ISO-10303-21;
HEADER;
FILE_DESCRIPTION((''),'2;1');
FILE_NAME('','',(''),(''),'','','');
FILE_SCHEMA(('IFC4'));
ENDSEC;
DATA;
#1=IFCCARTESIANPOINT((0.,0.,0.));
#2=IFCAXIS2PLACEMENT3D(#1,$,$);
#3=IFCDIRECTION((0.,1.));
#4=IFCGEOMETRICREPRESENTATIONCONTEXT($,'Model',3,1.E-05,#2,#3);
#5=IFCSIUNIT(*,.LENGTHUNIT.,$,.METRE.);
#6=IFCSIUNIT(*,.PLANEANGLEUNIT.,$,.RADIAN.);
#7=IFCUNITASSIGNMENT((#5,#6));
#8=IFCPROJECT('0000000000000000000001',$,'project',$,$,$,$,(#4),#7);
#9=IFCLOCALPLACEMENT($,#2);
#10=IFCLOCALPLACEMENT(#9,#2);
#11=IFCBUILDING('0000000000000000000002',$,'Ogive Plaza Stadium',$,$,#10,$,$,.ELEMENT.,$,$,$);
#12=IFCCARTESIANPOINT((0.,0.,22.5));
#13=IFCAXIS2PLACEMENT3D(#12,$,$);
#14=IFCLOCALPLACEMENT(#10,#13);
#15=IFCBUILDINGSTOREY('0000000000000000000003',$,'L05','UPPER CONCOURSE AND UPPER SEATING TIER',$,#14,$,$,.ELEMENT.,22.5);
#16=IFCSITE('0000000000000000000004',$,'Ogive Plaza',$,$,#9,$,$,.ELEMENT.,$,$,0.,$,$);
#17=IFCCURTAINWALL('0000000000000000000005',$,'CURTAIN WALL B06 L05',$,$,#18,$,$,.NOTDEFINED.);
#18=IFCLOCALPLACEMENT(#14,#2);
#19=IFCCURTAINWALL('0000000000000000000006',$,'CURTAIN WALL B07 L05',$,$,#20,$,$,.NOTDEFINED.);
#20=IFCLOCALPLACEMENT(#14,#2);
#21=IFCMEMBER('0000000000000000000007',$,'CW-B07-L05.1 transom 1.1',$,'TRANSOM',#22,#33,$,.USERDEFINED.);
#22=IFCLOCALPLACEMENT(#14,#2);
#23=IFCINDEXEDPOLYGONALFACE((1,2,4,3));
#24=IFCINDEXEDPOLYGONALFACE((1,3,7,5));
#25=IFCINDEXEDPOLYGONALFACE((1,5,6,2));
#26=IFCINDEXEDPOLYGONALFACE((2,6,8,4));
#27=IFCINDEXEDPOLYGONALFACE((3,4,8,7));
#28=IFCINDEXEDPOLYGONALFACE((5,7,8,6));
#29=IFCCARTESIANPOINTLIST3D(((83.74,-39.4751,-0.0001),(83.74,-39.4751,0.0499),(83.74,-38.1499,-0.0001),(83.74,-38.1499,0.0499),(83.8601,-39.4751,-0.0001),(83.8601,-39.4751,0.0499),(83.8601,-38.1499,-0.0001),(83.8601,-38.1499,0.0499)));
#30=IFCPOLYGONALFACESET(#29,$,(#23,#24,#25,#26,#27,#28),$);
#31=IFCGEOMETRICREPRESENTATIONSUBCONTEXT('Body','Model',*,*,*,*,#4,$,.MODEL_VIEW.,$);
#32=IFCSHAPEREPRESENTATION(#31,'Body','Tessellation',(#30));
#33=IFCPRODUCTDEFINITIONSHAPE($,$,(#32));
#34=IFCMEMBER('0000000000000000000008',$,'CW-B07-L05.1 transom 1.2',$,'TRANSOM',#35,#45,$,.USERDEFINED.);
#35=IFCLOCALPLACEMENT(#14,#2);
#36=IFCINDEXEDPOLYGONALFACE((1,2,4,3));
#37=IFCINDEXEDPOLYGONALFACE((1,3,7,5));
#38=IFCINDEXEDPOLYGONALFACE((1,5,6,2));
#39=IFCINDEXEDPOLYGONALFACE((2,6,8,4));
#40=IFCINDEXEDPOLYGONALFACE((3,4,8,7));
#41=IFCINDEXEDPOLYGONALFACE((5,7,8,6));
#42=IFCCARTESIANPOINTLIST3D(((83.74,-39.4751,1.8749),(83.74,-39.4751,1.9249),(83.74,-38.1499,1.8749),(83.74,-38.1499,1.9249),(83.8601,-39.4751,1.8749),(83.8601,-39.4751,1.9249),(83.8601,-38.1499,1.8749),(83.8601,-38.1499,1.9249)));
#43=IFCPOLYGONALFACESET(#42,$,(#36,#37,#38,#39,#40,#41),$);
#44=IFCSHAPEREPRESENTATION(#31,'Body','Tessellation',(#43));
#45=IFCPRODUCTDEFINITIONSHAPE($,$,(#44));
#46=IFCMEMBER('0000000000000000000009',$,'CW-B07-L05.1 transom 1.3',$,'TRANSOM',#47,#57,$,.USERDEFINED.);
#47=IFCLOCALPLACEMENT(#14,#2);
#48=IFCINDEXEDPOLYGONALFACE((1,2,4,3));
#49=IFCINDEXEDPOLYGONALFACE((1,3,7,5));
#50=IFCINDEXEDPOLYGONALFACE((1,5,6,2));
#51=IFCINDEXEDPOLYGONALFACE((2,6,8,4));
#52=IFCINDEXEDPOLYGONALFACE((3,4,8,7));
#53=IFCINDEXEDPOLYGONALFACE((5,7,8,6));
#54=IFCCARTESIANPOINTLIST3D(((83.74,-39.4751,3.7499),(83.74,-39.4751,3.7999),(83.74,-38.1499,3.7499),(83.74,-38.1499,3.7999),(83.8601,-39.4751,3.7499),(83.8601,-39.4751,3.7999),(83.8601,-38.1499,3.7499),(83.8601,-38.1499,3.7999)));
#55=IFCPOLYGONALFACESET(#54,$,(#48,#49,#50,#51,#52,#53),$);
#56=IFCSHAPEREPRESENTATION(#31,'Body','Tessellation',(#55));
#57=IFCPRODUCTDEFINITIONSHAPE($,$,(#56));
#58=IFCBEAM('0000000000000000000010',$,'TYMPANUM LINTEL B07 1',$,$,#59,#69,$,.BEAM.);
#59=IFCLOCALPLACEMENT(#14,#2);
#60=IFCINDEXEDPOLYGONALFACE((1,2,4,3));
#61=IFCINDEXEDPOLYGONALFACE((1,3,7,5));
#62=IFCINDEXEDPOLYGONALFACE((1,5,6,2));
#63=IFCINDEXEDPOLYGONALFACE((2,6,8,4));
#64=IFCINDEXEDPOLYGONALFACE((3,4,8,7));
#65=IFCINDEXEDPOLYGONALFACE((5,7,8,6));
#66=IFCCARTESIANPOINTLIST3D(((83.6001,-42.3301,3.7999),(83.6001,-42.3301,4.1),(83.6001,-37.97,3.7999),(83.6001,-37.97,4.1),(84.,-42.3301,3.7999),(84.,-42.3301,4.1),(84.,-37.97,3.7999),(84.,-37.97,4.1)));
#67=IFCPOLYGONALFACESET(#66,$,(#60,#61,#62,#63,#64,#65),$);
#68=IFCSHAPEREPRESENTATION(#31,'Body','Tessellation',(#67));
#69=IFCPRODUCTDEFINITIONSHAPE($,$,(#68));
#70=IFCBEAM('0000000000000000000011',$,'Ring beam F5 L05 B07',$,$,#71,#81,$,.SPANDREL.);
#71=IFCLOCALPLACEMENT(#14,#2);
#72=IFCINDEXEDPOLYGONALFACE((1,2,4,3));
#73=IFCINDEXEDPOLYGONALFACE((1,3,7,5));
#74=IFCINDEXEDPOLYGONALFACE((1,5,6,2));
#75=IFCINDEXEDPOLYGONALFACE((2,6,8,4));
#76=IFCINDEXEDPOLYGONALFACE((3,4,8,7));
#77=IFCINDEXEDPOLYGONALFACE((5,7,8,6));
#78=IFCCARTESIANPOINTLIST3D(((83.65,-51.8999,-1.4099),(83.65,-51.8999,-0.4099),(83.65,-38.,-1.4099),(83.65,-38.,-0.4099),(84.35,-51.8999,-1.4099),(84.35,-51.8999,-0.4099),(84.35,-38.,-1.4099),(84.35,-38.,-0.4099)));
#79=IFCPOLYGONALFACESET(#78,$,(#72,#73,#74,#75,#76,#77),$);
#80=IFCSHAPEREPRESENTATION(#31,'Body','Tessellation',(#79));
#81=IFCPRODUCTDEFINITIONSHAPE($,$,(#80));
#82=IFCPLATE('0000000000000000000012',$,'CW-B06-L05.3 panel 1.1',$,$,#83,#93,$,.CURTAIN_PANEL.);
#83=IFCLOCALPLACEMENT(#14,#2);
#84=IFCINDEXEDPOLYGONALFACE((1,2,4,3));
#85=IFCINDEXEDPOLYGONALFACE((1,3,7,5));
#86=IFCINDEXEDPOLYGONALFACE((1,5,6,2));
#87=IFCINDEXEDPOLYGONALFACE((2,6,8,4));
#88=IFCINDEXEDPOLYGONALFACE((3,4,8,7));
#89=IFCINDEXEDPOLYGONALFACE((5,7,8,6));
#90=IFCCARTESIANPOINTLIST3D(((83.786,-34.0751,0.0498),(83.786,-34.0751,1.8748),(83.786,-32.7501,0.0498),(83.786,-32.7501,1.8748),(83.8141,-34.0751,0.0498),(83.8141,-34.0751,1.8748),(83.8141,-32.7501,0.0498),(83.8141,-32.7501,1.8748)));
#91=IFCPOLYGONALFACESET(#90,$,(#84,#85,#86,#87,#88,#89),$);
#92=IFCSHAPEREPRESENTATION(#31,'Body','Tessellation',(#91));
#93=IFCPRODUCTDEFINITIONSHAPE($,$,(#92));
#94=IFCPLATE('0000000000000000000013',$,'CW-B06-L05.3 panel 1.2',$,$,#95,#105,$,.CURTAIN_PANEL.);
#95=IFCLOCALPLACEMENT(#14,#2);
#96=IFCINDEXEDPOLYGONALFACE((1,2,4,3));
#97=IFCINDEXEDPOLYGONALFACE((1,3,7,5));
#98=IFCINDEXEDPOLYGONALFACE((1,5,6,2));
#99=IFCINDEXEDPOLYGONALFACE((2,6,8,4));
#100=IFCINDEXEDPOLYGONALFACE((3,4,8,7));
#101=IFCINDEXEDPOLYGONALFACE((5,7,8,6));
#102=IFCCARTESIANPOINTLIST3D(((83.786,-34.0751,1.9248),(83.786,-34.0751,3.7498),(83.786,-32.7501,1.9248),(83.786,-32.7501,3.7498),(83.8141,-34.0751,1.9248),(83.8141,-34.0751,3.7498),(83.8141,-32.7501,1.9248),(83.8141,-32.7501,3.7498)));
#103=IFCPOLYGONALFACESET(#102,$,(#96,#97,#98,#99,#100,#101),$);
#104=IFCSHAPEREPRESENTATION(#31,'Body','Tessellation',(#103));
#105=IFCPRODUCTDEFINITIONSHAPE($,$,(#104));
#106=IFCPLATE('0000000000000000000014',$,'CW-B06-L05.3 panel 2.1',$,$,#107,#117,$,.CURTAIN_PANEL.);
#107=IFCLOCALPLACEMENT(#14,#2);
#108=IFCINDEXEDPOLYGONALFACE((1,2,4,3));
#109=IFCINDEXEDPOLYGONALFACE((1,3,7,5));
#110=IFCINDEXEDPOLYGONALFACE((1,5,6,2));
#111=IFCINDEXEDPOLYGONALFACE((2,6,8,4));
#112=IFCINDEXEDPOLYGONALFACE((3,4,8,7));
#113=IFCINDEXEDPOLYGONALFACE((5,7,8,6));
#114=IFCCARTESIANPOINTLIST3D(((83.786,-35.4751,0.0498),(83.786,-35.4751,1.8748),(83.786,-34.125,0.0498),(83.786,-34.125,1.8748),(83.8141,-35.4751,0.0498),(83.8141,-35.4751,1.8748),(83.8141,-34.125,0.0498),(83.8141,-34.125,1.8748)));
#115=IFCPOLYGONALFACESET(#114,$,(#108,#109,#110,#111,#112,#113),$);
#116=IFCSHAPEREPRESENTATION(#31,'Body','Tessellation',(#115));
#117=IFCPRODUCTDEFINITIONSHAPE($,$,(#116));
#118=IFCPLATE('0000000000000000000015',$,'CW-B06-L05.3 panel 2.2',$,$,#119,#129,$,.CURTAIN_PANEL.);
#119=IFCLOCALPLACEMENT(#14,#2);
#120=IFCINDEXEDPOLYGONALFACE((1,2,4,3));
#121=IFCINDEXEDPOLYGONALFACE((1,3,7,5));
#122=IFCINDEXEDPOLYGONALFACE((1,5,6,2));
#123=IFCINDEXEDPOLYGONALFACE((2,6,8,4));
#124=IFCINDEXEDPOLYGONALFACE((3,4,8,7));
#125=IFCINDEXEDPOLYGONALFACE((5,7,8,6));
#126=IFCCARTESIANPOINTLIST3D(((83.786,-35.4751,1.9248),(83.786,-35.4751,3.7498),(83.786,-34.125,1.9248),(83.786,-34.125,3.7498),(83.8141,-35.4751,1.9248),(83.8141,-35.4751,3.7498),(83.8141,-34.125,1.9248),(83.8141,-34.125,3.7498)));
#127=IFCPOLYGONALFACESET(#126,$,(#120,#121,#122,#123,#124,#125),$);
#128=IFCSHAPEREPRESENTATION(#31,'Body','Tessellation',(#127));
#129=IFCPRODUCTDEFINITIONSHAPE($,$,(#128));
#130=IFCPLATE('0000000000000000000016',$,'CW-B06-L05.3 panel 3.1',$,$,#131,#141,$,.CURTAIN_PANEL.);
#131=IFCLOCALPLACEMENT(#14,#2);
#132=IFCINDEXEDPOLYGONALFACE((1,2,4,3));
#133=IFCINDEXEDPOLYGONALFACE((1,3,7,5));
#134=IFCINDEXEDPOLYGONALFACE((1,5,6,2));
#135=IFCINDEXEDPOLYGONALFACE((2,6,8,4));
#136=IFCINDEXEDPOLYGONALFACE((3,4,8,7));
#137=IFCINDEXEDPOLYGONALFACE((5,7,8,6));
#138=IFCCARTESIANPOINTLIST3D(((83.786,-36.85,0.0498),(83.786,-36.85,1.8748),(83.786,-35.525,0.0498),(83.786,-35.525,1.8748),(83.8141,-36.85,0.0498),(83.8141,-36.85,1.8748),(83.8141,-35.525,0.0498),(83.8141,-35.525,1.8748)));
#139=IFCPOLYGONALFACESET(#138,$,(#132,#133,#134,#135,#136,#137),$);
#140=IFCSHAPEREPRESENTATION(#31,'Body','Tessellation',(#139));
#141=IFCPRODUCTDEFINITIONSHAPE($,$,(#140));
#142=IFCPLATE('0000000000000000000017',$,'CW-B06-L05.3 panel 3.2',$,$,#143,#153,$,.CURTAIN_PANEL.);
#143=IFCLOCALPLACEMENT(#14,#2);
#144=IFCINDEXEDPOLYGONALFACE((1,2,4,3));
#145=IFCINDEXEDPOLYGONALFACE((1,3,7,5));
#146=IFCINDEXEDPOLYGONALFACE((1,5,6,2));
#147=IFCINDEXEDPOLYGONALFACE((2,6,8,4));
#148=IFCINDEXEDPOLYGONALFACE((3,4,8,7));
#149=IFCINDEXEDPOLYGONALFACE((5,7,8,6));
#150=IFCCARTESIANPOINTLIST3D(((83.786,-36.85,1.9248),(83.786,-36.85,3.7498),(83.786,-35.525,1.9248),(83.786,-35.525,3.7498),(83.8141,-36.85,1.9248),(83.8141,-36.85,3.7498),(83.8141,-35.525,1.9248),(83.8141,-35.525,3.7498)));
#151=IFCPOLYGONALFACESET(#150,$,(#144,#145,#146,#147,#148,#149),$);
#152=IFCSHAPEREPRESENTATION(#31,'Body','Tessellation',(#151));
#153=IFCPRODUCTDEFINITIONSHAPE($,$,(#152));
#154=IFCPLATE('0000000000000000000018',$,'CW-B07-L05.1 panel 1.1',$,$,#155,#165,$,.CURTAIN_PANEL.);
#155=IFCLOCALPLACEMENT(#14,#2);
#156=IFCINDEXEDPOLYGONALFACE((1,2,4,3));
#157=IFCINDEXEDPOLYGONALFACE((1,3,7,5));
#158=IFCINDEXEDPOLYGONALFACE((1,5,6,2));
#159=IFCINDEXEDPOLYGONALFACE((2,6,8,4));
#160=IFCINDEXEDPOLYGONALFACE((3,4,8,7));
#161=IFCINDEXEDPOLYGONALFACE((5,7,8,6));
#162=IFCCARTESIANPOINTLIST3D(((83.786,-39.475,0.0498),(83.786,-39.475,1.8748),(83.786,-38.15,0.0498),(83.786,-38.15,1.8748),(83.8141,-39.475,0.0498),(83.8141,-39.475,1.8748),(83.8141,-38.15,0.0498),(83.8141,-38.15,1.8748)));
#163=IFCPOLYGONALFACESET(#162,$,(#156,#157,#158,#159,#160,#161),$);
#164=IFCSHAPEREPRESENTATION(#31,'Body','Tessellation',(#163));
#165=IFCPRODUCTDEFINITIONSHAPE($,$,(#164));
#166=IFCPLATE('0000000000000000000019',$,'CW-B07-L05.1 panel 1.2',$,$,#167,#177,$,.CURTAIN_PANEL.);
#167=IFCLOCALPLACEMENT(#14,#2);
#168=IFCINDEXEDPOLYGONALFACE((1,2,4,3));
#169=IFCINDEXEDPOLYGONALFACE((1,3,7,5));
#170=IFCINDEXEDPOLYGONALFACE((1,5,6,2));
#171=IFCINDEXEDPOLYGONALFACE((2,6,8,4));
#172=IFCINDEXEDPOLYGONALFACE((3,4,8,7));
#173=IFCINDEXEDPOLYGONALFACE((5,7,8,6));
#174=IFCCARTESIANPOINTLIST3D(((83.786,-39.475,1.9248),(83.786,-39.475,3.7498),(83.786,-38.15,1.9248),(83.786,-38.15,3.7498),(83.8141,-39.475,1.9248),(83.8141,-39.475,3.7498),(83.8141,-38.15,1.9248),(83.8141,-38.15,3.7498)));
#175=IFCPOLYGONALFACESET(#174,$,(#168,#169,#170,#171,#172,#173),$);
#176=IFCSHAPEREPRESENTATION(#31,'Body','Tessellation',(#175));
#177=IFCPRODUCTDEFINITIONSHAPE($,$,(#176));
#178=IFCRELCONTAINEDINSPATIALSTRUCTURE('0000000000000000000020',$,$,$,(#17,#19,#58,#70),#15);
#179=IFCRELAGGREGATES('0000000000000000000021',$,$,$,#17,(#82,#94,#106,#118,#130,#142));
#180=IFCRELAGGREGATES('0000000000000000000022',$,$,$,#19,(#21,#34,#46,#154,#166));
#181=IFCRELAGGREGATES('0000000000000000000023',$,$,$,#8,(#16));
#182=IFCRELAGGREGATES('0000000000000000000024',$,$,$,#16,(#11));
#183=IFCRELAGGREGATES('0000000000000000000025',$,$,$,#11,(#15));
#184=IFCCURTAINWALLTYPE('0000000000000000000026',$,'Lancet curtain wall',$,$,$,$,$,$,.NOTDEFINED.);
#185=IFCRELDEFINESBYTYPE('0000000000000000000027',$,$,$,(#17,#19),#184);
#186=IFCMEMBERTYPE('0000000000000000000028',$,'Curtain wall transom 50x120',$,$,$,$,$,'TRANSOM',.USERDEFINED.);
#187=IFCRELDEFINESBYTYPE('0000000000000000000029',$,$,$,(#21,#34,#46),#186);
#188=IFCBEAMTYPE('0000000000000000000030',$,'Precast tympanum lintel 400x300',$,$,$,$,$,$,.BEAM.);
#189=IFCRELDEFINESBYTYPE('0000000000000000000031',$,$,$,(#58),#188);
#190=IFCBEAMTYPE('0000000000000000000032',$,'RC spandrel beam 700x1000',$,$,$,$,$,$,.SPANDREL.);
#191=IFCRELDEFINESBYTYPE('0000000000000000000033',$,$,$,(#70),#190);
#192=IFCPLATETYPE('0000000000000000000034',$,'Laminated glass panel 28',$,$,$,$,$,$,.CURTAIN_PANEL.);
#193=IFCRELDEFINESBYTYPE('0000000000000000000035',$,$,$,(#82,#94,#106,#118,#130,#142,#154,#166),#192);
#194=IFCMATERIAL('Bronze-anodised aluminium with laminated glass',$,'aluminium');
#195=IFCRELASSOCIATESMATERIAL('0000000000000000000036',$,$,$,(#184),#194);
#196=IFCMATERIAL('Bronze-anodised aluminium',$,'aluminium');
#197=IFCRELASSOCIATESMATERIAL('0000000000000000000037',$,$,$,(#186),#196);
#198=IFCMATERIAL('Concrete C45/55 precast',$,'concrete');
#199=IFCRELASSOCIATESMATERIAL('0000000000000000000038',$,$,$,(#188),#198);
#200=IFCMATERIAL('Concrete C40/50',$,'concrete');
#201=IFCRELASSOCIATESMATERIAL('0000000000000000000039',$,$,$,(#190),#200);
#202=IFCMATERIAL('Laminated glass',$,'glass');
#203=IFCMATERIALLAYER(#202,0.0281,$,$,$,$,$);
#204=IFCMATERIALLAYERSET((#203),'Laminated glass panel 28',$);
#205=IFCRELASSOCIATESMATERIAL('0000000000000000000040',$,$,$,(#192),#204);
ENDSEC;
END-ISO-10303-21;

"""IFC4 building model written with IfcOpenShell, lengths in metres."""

from ifc_helpers import new_model, si_unit, direction, frame, origin, origin_2d, place, context, subcontext, project, spatial, rectangle, extrude, material, layer, layer_set, material_profile, profile_set, type_object, element, aggregate, save


model = new_model("IFC4")

# Units and contexts
model_context = context("Model", 3, precision=1e-05, world=origin(), true_north=direction((0.0, 1.0)))
body_context = subcontext(model_context, "Body", "Model", "MODEL_VIEW")
ifc_project = project(units=[si_unit("LENGTHUNIT", "METRE"), si_unit("PLANEANGLEUNIT", "RADIAN")], contexts=[model_context])

# Site, building, storey
site_placement = place(None, origin())
site = spatial("IfcSite", under=ifc_project, at=site_placement, Name="Ogive Plaza", CompositionType="ELEMENT", RefElevation=0.0)
building_placement = place(site_placement, origin())
building = spatial("IfcBuilding", under=site, at=building_placement, Name="Ogive Plaza Stadium", CompositionType="ELEMENT")
storey_placement = place(building_placement, frame((0.0, 0.0, 22.5)))
storey = spatial("IfcBuildingStorey", under=building, at=storey_placement, Name="L05", Description="UPPER CONCOURSE AND UPPER SEATING TIER", CompositionType="ELEMENT", Elevation=22.5)

# Curtain wall
ifc_material_1 = material(Name="Bronze-anodised aluminium with laminated glass", Category="aluminium")
curtain_wall_type = type_object("IfcCurtainWallType", Name="Lancet curtain wall", PredefinedType="NOTDEFINED", material=ifc_material_1)
curtain_wall_1_placement = place(storey_placement, origin())
curtain_wall_1 = element("IfcCurtainWall", 1, at=curtain_wall_1_placement, inside=storey, type_object=curtain_wall_type, Name="CURTAIN WALL B06 L05", PredefinedType="NOTDEFINED")

# Curtain wall
curtain_wall_2_placement = place(storey_placement, origin())
curtain_wall_2 = element("IfcCurtainWall", 2, at=curtain_wall_2_placement, inside=storey, type_object=curtain_wall_type, Name="CURTAIN WALL B07 L05", PredefinedType="NOTDEFINED")

# Members
ifc_material_2 = material(Name="Bronze-anodised aluminium", Category="aluminium")
ifc_material_profile_1 = material_profile(ifc_material_2, rectangle(XDim=0.1201, YDim=0.05, at=origin_2d()), Name="AL 120x50")
ifc_profile_set_1 = profile_set([ifc_material_profile_1], Name="Bronze-anodised aluminium")
member_type_1 = type_object("IfcMemberType", Name="Curtain wall transom 50x120", ElementType="TRANSOM", PredefinedType="USERDEFINED", material=ifc_profile_set_1)
member_1_placement = place(storey_placement, frame((83.8, -38.1499, 0.0249), z_axis=(0.0, -1.0, 0.0), x_axis=(1.0, 0.0, 0.0)))
member_1 = element("IfcMember", 3, at=member_1_placement, type_object=member_type_1, Name="CW-B07-L05.1 transom 1.1", ObjectType="TRANSOM", PredefinedType="USERDEFINED", context=body_context, shape_type="SweptSolid", body=[
    extrude(rectangle(XDim=0.1201, YDim=0.05, at=origin_2d()), origin(), (0.0, 0.0, 1.0), 1.3252),
])
member_2_placement = place(storey_placement, frame((83.8, -38.1499, 1.8999), z_axis=(0.0, -1.0, 0.0), x_axis=(1.0, 0.0, 0.0)))
member_2 = element("IfcMember", 4, at=member_2_placement, type_object=member_type_1, Name="CW-B07-L05.1 transom 1.2", ObjectType="TRANSOM", PredefinedType="USERDEFINED", context=body_context, shape_type="SweptSolid", body=[
    extrude(rectangle(XDim=0.1201, YDim=0.05, at=origin_2d()), origin(), (0.0, 0.0, 1.0), 1.3252),
])
member_3_placement = place(storey_placement, frame((83.8, -38.1499, 3.7749), z_axis=(0.0, -1.0, 0.0), x_axis=(1.0, 0.0, 0.0)))
member_3 = element("IfcMember", 5, at=member_3_placement, type_object=member_type_1, Name="CW-B07-L05.1 transom 1.3", ObjectType="TRANSOM", PredefinedType="USERDEFINED", context=body_context, shape_type="SweptSolid", body=[
    extrude(rectangle(XDim=0.1201, YDim=0.05, at=origin_2d()), origin(), (0.0, 0.0, 1.0), 1.3252),
])

# Beams
ifc_material_3 = material(Name="Concrete C45/55 precast", Category="concrete")
ifc_material_profile_2 = material_profile(ifc_material_3, rectangle(XDim=0.3999, YDim=0.3, at=origin_2d()), Name="RC 400x300")
ifc_profile_set_2 = profile_set([ifc_material_profile_2], Name="Concrete C45/55 precast")
beam_type_1 = type_object("IfcBeamType", Name="Precast tympanum lintel 400x300", PredefinedType="BEAM", material=ifc_profile_set_2)
beam_1_placement = place(storey_placement, frame((83.8, -37.97, 3.95), z_axis=(0.0, -1.0, 0.0), x_axis=(1.0, 0.0, 0.0)))
element("IfcBeam", 6, at=beam_1_placement, inside=storey, type_object=beam_type_1, Name="TYMPANUM LINTEL B07 1", PredefinedType="BEAM", context=body_context, shape_type="SweptSolid", body=[
    extrude(rectangle(XDim=0.3999, YDim=0.3, at=origin_2d()), origin(), (0.0, 0.0, 1.0), 4.3601),
])
ifc_material_4 = material(Name="Concrete C40/50", Category="concrete")
ifc_material_profile_3 = material_profile(ifc_material_4, rectangle(XDim=0.7, YDim=1.0, at=origin_2d()), Name="RC 700x1000")
ifc_profile_set_3 = profile_set([ifc_material_profile_3], Name="Concrete C40/50")
beam_type_2 = type_object("IfcBeamType", Name="RC spandrel beam 700x1000", PredefinedType="SPANDREL", material=ifc_profile_set_3)
beam_2_placement = place(storey_placement, frame((84.0, -38.0, -0.9099), z_axis=(0.0, -1.0, 0.0), x_axis=(1.0, 0.0, 0.0)))
element("IfcBeam", 7, at=beam_2_placement, inside=storey, type_object=beam_type_2, Name="Ring beam F5 L05 B07", PredefinedType="SPANDREL", context=body_context, shape_type="SweptSolid", body=[
    extrude(rectangle(XDim=0.7, YDim=1.0, at=origin_2d()), origin(), (0.0, 0.0, 1.0), 13.8999),
])

# Plates
ifc_material_5 = material(Name="Laminated glass", Category="glass")
ifc_layer_1 = layer(ifc_material_5, 0.0281)
ifc_layer_set_1 = layer_set([ifc_layer_1], Name="Laminated glass panel 28")
plate_type = type_object("IfcPlateType", Name="Laminated glass panel 28", PredefinedType="CURTAIN_PANEL", material=ifc_layer_set_1)
plate_1_placement = place(storey_placement, frame((83.8, -33.4126, 0.0498), z_axis=(0.0, 0.0, 1.0), x_axis=(0.0, -1.0, 0.0)))
plate_1 = element("IfcPlate", 8, at=plate_1_placement, type_object=plate_type, Name="CW-B06-L05.3 panel 1.1", PredefinedType="CURTAIN_PANEL", context=body_context, shape_type="SweptSolid", body=[
    extrude(rectangle(XDim=1.325, YDim=0.0281, at=origin_2d()), origin(), (0.0, 0.0, 1.0), 1.825),
])
plate_2_placement = place(storey_placement, frame((83.8, -33.4126, 1.9248), z_axis=(0.0, 0.0, 1.0), x_axis=(0.0, -1.0, 0.0)))
plate_2 = element("IfcPlate", 9, at=plate_2_placement, type_object=plate_type, Name="CW-B06-L05.3 panel 1.2", PredefinedType="CURTAIN_PANEL", context=body_context, shape_type="SweptSolid", body=[
    extrude(rectangle(XDim=1.325, YDim=0.0281, at=origin_2d()), origin(), (0.0, 0.0, 1.0), 1.825),
])
plate_3_placement = place(storey_placement, frame((83.8, -34.8, 0.0498), z_axis=(0.0, 0.0, 1.0), x_axis=(0.0, -1.0, 0.0)))
plate_3 = element("IfcPlate", 10, at=plate_3_placement, type_object=plate_type, Name="CW-B06-L05.3 panel 2.1", PredefinedType="CURTAIN_PANEL", context=body_context, shape_type="SweptSolid", body=[
    extrude(rectangle(XDim=1.3501, YDim=0.0281, at=origin_2d()), origin(), (0.0, 0.0, 1.0), 1.825),
])
plate_4_placement = place(storey_placement, frame((83.8, -34.8, 1.9248), z_axis=(0.0, 0.0, 1.0), x_axis=(0.0, -1.0, 0.0)))
plate_4 = element("IfcPlate", 11, at=plate_4_placement, type_object=plate_type, Name="CW-B06-L05.3 panel 2.2", PredefinedType="CURTAIN_PANEL", context=body_context, shape_type="SweptSolid", body=[
    extrude(rectangle(XDim=1.3501, YDim=0.0281, at=origin_2d()), origin(), (0.0, 0.0, 1.0), 1.825),
])
plate_5_placement = place(storey_placement, frame((83.8, -36.1875, 0.0498), z_axis=(0.0, 0.0, 1.0), x_axis=(0.0, -1.0, 0.0)))
plate_5 = element("IfcPlate", 12, at=plate_5_placement, type_object=plate_type, Name="CW-B06-L05.3 panel 3.1", PredefinedType="CURTAIN_PANEL", context=body_context, shape_type="SweptSolid", body=[
    extrude(rectangle(XDim=1.325, YDim=0.0281, at=origin_2d()), origin(), (0.0, 0.0, 1.0), 1.825),
])
plate_6_placement = place(storey_placement, frame((83.8, -36.1875, 1.9248), z_axis=(0.0, 0.0, 1.0), x_axis=(0.0, -1.0, 0.0)))
plate_6 = element("IfcPlate", 13, at=plate_6_placement, type_object=plate_type, Name="CW-B06-L05.3 panel 3.2", PredefinedType="CURTAIN_PANEL", context=body_context, shape_type="SweptSolid", body=[
    extrude(rectangle(XDim=1.325, YDim=0.0281, at=origin_2d()), origin(), (0.0, 0.0, 1.0), 1.825),
])
aggregate(curtain_wall_1, [plate_1, plate_2, plate_3, plate_4, plate_5, plate_6])
plate_7_placement = place(storey_placement, frame((83.8, -38.8125, 0.0498), z_axis=(0.0, 0.0, 1.0), x_axis=(0.0, -1.0, 0.0)))
plate_7 = element("IfcPlate", 14, at=plate_7_placement, type_object=plate_type, Name="CW-B07-L05.1 panel 1.1", PredefinedType="CURTAIN_PANEL", context=body_context, shape_type="SweptSolid", body=[
    extrude(rectangle(XDim=1.325, YDim=0.0281, at=origin_2d()), origin(), (0.0, 0.0, 1.0), 1.825),
])
plate_8_placement = place(storey_placement, frame((83.8, -38.8125, 1.9248), z_axis=(0.0, 0.0, 1.0), x_axis=(0.0, -1.0, 0.0)))
plate_8 = element("IfcPlate", 15, at=plate_8_placement, type_object=plate_type, Name="CW-B07-L05.1 panel 1.2", PredefinedType="CURTAIN_PANEL", context=body_context, shape_type="SweptSolid", body=[
    extrude(rectangle(XDim=1.325, YDim=0.0281, at=origin_2d()), origin(), (0.0, 0.0, 1.0), 1.825),
])
aggregate(curtain_wall_2, [member_1, member_2, member_3, plate_7, plate_8])

save(model, "model.ifc")
